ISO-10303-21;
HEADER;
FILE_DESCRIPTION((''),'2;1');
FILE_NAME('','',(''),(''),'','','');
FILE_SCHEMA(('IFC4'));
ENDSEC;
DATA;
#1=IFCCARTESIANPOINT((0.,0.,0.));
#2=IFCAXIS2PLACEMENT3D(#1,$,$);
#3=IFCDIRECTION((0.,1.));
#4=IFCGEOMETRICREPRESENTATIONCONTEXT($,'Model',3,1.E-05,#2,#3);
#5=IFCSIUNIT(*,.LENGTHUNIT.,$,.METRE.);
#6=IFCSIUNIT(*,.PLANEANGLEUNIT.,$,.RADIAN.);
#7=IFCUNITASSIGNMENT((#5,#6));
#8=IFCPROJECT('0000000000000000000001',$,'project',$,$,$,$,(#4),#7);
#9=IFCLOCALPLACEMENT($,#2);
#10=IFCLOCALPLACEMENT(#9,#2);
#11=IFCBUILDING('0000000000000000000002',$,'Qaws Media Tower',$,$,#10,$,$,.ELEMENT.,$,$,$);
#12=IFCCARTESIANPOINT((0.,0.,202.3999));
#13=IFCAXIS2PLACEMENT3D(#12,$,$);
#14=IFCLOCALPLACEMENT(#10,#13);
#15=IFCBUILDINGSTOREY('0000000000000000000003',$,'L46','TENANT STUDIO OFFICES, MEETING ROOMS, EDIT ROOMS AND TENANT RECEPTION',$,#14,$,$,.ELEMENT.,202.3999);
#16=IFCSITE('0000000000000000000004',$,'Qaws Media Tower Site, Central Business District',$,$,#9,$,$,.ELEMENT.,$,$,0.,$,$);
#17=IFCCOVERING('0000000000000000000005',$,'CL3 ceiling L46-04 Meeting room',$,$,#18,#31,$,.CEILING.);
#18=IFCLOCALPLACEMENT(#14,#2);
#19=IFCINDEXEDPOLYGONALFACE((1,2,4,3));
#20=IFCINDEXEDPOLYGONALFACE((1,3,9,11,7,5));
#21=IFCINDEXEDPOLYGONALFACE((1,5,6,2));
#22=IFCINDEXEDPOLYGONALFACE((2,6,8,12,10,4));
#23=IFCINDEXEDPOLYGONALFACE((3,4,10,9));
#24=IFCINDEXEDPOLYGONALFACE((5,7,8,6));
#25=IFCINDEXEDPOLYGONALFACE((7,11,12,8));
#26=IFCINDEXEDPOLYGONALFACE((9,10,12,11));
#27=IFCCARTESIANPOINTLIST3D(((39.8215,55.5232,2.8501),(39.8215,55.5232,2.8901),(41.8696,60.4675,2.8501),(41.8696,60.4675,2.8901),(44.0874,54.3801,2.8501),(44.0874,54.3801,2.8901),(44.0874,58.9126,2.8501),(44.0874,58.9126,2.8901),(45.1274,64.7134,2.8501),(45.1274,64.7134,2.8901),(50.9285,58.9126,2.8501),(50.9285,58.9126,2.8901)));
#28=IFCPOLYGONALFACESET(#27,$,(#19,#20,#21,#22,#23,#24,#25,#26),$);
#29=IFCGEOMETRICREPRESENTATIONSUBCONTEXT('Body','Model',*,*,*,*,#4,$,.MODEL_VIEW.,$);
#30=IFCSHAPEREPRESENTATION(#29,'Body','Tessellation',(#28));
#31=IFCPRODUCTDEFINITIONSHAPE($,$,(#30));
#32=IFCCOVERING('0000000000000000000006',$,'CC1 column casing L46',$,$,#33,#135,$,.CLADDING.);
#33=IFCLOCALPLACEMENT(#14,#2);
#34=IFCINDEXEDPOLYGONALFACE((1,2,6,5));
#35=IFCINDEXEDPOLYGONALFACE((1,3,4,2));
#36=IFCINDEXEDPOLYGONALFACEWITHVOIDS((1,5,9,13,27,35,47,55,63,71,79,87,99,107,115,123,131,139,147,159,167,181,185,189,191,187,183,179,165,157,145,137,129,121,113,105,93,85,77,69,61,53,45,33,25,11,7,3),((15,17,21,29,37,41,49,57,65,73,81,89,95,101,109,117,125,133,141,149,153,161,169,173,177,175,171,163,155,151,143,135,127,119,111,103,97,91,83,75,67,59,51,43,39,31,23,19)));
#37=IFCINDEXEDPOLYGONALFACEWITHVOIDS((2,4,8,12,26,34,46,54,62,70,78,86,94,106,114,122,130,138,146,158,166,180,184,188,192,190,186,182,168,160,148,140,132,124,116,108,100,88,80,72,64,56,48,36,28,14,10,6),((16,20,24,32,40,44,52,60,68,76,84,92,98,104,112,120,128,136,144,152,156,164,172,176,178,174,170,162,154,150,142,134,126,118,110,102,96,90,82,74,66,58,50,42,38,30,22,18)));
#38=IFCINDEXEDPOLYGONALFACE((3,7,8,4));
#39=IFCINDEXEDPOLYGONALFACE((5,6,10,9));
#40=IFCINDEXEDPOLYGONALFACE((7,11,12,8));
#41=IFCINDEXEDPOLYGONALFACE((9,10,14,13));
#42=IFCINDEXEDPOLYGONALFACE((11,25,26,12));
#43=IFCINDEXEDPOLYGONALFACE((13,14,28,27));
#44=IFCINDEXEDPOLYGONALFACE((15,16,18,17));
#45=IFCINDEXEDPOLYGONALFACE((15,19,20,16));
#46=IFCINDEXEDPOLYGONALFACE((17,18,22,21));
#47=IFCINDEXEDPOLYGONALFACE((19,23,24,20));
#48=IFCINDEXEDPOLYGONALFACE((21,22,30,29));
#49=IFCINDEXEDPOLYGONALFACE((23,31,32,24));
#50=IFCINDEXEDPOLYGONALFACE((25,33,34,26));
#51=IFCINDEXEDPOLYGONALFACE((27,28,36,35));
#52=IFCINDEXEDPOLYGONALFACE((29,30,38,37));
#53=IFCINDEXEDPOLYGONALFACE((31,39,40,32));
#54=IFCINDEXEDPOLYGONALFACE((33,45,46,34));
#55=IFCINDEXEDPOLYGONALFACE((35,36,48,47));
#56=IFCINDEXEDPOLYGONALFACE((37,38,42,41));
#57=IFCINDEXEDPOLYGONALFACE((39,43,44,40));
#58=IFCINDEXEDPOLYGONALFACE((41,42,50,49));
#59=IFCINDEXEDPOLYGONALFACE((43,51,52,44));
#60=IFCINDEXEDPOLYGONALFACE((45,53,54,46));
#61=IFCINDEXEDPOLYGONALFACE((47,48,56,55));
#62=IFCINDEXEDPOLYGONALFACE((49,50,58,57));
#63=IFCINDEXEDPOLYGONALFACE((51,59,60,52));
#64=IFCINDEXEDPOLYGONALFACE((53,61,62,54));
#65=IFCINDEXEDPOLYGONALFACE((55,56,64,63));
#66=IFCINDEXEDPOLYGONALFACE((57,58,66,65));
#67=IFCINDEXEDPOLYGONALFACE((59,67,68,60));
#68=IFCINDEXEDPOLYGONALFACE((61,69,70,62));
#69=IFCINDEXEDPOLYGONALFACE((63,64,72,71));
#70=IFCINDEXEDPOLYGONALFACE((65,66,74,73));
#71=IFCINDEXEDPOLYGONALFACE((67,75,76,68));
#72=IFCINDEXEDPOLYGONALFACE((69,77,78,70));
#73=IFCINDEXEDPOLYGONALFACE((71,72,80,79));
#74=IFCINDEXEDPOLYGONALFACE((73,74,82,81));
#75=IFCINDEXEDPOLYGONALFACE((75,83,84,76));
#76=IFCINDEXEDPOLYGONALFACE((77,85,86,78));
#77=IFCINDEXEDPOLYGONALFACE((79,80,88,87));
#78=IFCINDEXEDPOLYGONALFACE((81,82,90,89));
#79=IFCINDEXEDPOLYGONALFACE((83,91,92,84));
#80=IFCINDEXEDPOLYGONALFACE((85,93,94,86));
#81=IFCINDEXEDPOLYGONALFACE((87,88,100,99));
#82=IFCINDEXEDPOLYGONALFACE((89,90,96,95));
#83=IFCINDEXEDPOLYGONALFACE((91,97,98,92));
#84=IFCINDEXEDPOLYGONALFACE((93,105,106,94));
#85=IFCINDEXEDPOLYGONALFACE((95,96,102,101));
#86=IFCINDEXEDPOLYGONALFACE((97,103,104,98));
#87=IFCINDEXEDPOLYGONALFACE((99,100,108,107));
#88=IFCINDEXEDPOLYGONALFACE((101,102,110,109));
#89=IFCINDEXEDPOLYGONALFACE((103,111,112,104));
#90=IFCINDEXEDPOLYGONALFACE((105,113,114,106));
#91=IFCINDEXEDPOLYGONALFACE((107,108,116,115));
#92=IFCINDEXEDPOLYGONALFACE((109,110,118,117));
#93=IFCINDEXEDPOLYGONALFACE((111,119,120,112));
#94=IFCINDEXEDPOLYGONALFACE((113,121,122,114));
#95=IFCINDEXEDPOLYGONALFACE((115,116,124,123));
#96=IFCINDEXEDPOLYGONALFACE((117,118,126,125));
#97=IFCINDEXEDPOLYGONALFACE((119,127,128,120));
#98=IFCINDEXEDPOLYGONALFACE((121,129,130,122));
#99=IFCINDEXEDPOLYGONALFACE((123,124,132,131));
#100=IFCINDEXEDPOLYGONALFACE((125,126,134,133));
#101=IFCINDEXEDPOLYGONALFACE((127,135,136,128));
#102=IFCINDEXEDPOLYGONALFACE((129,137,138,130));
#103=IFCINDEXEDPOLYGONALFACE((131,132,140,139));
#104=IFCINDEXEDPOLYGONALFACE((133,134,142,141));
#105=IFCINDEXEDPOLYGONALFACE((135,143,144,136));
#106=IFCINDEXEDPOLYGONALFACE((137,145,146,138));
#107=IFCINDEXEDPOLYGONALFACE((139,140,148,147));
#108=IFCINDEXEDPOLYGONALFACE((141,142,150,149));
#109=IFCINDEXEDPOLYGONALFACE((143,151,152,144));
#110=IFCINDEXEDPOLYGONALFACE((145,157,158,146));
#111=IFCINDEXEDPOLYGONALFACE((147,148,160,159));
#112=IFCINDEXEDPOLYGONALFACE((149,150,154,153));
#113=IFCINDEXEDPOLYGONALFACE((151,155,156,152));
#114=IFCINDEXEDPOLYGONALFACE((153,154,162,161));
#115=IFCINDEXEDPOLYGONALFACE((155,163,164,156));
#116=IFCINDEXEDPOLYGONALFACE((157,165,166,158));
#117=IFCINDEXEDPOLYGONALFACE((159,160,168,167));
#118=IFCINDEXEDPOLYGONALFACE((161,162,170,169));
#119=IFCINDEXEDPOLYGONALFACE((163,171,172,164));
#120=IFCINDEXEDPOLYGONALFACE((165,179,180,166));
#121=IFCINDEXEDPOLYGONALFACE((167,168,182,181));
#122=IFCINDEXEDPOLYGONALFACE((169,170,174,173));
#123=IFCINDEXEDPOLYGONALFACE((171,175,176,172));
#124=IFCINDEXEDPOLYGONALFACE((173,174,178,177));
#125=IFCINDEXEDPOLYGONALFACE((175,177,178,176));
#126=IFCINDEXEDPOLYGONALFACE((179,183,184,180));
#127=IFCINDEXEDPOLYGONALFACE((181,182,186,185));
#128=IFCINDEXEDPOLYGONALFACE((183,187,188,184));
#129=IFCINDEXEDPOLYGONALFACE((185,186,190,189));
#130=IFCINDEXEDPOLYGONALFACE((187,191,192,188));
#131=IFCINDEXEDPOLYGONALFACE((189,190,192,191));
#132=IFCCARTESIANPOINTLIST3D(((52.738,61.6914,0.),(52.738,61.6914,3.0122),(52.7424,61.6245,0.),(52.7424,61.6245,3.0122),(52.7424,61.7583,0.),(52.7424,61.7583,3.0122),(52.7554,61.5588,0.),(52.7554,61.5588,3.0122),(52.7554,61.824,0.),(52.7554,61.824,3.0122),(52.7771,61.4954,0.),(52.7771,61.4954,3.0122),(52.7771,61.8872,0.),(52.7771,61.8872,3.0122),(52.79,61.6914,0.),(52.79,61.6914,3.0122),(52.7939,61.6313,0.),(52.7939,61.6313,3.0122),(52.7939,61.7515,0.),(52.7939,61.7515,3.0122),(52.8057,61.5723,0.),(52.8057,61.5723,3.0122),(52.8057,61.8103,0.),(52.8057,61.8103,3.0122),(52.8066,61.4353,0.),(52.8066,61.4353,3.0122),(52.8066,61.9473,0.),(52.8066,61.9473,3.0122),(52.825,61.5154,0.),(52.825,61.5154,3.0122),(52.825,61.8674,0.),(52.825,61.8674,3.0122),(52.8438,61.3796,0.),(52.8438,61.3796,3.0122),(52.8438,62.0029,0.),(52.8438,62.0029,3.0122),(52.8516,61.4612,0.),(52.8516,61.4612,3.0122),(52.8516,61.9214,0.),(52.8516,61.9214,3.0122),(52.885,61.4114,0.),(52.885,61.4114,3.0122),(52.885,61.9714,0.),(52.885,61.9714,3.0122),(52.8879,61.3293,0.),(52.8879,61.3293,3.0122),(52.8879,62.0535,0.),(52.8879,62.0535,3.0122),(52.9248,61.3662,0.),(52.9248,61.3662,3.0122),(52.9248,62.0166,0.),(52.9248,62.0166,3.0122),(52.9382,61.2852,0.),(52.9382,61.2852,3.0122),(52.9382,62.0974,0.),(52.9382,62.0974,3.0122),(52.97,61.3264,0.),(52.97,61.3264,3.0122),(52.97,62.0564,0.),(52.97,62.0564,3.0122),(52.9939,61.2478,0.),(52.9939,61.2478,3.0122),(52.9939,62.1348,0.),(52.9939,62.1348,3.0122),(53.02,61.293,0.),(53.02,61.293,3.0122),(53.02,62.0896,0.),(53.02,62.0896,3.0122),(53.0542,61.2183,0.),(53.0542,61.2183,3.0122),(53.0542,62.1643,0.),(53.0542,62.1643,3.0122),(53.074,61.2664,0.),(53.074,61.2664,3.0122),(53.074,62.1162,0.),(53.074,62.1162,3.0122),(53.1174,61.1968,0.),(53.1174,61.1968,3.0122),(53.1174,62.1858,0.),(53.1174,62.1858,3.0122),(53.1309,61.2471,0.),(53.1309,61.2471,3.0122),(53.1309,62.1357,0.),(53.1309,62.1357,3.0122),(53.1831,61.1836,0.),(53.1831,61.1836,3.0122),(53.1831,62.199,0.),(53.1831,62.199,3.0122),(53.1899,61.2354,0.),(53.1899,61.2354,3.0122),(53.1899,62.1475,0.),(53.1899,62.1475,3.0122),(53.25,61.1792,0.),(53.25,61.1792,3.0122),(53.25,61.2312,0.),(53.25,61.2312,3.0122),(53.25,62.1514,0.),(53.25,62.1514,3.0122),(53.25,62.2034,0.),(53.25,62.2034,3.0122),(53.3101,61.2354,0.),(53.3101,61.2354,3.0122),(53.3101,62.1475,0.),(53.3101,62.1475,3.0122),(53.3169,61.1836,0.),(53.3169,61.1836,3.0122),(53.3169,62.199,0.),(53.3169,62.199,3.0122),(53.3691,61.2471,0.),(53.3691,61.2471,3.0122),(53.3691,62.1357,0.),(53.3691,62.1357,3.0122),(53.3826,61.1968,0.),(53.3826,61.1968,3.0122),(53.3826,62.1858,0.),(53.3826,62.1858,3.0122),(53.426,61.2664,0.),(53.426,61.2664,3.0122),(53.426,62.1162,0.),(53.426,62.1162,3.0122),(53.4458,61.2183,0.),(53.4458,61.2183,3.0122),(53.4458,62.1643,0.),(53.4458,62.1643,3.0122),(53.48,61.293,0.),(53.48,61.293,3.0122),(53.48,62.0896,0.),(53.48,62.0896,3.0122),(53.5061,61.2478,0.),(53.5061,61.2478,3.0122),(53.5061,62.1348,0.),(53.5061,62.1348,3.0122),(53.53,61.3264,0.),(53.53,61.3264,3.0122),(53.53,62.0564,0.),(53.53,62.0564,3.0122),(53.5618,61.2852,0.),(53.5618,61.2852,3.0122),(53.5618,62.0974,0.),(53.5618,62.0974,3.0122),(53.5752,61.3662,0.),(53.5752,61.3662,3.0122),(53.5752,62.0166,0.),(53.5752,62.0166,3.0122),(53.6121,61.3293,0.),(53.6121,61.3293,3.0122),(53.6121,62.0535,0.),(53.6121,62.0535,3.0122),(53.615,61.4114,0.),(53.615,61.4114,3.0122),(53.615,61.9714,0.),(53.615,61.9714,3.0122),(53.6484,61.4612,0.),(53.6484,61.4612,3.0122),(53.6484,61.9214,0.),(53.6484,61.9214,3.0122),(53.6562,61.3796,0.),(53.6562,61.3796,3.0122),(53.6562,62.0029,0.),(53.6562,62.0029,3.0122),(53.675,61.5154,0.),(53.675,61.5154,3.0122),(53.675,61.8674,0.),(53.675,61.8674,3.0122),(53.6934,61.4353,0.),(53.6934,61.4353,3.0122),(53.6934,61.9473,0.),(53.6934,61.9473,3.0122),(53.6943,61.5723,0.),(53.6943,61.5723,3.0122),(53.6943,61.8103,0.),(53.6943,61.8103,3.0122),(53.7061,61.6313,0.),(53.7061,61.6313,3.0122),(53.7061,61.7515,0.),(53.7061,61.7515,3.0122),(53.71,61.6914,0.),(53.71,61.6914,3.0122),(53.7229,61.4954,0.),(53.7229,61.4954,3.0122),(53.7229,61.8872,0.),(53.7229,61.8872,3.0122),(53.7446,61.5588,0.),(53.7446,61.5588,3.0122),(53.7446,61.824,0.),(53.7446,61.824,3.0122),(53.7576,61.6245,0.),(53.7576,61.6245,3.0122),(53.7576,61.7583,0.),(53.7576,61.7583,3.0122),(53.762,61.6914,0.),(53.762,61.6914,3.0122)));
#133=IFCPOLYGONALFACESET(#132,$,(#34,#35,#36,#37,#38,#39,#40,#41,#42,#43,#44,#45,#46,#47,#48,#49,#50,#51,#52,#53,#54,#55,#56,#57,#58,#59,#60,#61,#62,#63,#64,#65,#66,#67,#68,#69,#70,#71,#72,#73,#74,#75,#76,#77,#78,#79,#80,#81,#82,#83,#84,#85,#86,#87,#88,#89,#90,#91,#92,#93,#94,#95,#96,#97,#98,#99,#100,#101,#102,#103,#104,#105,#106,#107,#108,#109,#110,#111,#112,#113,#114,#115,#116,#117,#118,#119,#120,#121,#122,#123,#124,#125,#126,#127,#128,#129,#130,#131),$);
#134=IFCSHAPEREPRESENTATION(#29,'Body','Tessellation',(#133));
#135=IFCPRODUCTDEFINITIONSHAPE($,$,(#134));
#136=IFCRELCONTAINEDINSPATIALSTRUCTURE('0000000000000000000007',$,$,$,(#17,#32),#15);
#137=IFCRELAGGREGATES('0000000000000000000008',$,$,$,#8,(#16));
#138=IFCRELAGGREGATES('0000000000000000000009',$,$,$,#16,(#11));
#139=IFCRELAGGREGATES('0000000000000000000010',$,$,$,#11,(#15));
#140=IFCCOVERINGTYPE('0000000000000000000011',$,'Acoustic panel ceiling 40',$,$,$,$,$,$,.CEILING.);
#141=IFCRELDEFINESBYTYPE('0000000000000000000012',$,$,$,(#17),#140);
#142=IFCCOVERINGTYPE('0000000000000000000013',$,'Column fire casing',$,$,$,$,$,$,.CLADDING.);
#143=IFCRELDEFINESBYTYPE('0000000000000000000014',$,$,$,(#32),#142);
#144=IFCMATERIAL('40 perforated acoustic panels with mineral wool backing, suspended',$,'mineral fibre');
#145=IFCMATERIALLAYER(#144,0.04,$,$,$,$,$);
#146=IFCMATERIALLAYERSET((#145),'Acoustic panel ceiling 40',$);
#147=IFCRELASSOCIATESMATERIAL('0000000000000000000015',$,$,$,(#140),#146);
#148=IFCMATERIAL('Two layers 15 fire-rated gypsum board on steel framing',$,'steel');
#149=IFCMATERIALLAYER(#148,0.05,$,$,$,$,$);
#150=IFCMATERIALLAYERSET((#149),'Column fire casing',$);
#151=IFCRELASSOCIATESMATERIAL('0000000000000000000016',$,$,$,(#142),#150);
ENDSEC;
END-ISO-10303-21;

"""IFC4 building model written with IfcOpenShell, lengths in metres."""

from ifc_helpers import new_model, si_unit, direction, frame, origin, place, context, subcontext, project, spatial, polyline, outline, extrude, material, layer, layer_set, type_object, element, save


model = new_model("IFC4")

# Units and contexts
model_context = context("Model", 3, precision=1e-05, world=origin(), true_north=direction((0.0, 1.0)))
body_context = subcontext(model_context, "Body", "Model", "MODEL_VIEW")
ifc_project = project(units=[si_unit("LENGTHUNIT", "METRE"), si_unit("PLANEANGLEUNIT", "RADIAN")], contexts=[model_context])

# Site, building, storey
site_placement = place(None, origin())
site = spatial("IfcSite", under=ifc_project, at=site_placement, Name="Qaws Media Tower Site, Central Business District", CompositionType="ELEMENT", RefElevation=0.0)
building_placement = place(site_placement, origin())
building = spatial("IfcBuilding", under=site, at=building_placement, Name="Qaws Media Tower", CompositionType="ELEMENT")
storey_placement = place(building_placement, frame((0.0, 0.0, 202.3999)))
storey = spatial("IfcBuildingStorey", under=building, at=storey_placement, Name="L46", Description="TENANT STUDIO OFFICES, MEETING ROOMS, EDIT ROOMS AND TENANT RECEPTION", CompositionType="ELEMENT", Elevation=202.3999)

# Coverings
ifc_material_1 = material(Name="40 perforated acoustic panels with mineral wool backing, suspended", Category="mineral fibre")
ifc_layer_1 = layer(ifc_material_1, 0.04)
ifc_layer_set_1 = layer_set([ifc_layer_1], Name="Acoustic panel ceiling 40")
covering_type_1 = type_object("IfcCoveringType", Name="Acoustic panel ceiling 40", PredefinedType="CEILING", material=ifc_layer_set_1)
covering_1_placement = place(storey_placement, frame((0.0, 0.0, 2.8501)))
element("IfcCovering", 1, at=covering_1_placement, inside=storey, type_object=covering_type_1, Name="CL3 ceiling L46-04 Meeting room", PredefinedType="CEILING", context=body_context, shape_type="SweptSolid", body=[
    extrude(outline(polyline([(41.8696, 60.4675), (45.1274, 64.7134), (50.9285, 58.9126), (44.0874, 58.9126), (44.0874, 54.3801), (39.8215, 55.5232), (41.8696, 60.4675)])), origin(), (0.0, 0.0, 1.0), 0.04),
])
ifc_material_2 = material(Name="Two layers 15 fire-rated gypsum board on steel framing", Category="steel")
ifc_layer_2 = layer(ifc_material_2, 0.05)
ifc_layer_set_2 = layer_set([ifc_layer_2], Name="Column fire casing")
covering_type_2 = type_object("IfcCoveringType", Name="Column fire casing", PredefinedType="CLADDING", material=ifc_layer_set_2)
covering_2_placement = place(storey_placement, origin())
element("IfcCovering", 2, at=covering_2_placement, inside=storey, type_object=covering_type_2, Name="CC1 column casing L46", PredefinedType="CLADDING", context=body_context, shape_type="SweptSolid", body=[
    extrude(outline(polyline([(53.762, 61.6914), (53.7576, 61.6245), (53.7446, 61.5588), (53.7229, 61.4954), (53.6934, 61.4353), (53.6562, 61.3796), (53.6121, 61.3293), (53.5618, 61.2852), (53.5061, 61.2478), (53.4458, 61.2183), (53.3826, 61.1968), (53.3169, 61.1836), (53.25, 61.1792), (53.1831, 61.1836), (53.1174, 61.1968), (53.0542, 61.2183), (52.9939, 61.2478), (52.9382, 61.2852), (52.8879, 61.3293), (52.8438, 61.3796), (52.8066, 61.4353), (52.7771, 61.4954), (52.7554, 61.5588), (52.7424, 61.6245), (52.738, 61.6914), (52.7424, 61.7583), (52.7554, 61.824), (52.7771, 61.8872), (52.8066, 61.9473), (52.8438, 62.0029), (52.8879, 62.0535), (52.9382, 62.0974), (52.9939, 62.1348), (53.0542, 62.1643), (53.1174, 62.1858), (53.1831, 62.199), (53.25, 62.2034), (53.3169, 62.199), (53.3826, 62.1858), (53.4458, 62.1643), (53.5061, 62.1348), (53.5618, 62.0974), (53.6121, 62.0535), (53.6562, 62.0029), (53.6934, 61.9473), (53.7229, 61.8872), (53.7446, 61.824), (53.7576, 61.7583), (53.762, 61.6914)]), holes=[polyline([(53.71, 61.6914), (53.7061, 61.6313), (53.6943, 61.5723), (53.675, 61.5154), (53.6484, 61.4612), (53.615, 61.4114), (53.5752, 61.3662), (53.53, 61.3264), (53.48, 61.293), (53.426, 61.2664), (53.3691, 61.2471), (53.3101, 61.2354), (53.25, 61.2312), (53.1899, 61.2354), (53.1309, 61.2471), (53.074, 61.2664), (53.02, 61.293), (52.97, 61.3264), (52.9248, 61.3662), (52.885, 61.4114), (52.8516, 61.4612), (52.825, 61.5154), (52.8057, 61.5723), (52.7939, 61.6313), (52.79, 61.6914), (52.7939, 61.7515), (52.8057, 61.8103), (52.825, 61.8674), (52.8516, 61.9214), (52.885, 61.9714), (52.9248, 62.0166), (52.97, 62.0564), (53.02, 62.0896), (53.074, 62.1162), (53.1309, 62.1357), (53.1899, 62.1475), (53.25, 62.1514), (53.3101, 62.1475), (53.3691, 62.1357), (53.426, 62.1162), (53.48, 62.0896), (53.53, 62.0564), (53.5752, 62.0166), (53.615, 61.9714), (53.6484, 61.9214), (53.675, 61.8674), (53.6943, 61.8103), (53.7061, 61.7515), (53.71, 61.6914)])]), origin(), (0.0, 0.0, 1.0), 3.0122),
])

save(model, "model.ifc")
